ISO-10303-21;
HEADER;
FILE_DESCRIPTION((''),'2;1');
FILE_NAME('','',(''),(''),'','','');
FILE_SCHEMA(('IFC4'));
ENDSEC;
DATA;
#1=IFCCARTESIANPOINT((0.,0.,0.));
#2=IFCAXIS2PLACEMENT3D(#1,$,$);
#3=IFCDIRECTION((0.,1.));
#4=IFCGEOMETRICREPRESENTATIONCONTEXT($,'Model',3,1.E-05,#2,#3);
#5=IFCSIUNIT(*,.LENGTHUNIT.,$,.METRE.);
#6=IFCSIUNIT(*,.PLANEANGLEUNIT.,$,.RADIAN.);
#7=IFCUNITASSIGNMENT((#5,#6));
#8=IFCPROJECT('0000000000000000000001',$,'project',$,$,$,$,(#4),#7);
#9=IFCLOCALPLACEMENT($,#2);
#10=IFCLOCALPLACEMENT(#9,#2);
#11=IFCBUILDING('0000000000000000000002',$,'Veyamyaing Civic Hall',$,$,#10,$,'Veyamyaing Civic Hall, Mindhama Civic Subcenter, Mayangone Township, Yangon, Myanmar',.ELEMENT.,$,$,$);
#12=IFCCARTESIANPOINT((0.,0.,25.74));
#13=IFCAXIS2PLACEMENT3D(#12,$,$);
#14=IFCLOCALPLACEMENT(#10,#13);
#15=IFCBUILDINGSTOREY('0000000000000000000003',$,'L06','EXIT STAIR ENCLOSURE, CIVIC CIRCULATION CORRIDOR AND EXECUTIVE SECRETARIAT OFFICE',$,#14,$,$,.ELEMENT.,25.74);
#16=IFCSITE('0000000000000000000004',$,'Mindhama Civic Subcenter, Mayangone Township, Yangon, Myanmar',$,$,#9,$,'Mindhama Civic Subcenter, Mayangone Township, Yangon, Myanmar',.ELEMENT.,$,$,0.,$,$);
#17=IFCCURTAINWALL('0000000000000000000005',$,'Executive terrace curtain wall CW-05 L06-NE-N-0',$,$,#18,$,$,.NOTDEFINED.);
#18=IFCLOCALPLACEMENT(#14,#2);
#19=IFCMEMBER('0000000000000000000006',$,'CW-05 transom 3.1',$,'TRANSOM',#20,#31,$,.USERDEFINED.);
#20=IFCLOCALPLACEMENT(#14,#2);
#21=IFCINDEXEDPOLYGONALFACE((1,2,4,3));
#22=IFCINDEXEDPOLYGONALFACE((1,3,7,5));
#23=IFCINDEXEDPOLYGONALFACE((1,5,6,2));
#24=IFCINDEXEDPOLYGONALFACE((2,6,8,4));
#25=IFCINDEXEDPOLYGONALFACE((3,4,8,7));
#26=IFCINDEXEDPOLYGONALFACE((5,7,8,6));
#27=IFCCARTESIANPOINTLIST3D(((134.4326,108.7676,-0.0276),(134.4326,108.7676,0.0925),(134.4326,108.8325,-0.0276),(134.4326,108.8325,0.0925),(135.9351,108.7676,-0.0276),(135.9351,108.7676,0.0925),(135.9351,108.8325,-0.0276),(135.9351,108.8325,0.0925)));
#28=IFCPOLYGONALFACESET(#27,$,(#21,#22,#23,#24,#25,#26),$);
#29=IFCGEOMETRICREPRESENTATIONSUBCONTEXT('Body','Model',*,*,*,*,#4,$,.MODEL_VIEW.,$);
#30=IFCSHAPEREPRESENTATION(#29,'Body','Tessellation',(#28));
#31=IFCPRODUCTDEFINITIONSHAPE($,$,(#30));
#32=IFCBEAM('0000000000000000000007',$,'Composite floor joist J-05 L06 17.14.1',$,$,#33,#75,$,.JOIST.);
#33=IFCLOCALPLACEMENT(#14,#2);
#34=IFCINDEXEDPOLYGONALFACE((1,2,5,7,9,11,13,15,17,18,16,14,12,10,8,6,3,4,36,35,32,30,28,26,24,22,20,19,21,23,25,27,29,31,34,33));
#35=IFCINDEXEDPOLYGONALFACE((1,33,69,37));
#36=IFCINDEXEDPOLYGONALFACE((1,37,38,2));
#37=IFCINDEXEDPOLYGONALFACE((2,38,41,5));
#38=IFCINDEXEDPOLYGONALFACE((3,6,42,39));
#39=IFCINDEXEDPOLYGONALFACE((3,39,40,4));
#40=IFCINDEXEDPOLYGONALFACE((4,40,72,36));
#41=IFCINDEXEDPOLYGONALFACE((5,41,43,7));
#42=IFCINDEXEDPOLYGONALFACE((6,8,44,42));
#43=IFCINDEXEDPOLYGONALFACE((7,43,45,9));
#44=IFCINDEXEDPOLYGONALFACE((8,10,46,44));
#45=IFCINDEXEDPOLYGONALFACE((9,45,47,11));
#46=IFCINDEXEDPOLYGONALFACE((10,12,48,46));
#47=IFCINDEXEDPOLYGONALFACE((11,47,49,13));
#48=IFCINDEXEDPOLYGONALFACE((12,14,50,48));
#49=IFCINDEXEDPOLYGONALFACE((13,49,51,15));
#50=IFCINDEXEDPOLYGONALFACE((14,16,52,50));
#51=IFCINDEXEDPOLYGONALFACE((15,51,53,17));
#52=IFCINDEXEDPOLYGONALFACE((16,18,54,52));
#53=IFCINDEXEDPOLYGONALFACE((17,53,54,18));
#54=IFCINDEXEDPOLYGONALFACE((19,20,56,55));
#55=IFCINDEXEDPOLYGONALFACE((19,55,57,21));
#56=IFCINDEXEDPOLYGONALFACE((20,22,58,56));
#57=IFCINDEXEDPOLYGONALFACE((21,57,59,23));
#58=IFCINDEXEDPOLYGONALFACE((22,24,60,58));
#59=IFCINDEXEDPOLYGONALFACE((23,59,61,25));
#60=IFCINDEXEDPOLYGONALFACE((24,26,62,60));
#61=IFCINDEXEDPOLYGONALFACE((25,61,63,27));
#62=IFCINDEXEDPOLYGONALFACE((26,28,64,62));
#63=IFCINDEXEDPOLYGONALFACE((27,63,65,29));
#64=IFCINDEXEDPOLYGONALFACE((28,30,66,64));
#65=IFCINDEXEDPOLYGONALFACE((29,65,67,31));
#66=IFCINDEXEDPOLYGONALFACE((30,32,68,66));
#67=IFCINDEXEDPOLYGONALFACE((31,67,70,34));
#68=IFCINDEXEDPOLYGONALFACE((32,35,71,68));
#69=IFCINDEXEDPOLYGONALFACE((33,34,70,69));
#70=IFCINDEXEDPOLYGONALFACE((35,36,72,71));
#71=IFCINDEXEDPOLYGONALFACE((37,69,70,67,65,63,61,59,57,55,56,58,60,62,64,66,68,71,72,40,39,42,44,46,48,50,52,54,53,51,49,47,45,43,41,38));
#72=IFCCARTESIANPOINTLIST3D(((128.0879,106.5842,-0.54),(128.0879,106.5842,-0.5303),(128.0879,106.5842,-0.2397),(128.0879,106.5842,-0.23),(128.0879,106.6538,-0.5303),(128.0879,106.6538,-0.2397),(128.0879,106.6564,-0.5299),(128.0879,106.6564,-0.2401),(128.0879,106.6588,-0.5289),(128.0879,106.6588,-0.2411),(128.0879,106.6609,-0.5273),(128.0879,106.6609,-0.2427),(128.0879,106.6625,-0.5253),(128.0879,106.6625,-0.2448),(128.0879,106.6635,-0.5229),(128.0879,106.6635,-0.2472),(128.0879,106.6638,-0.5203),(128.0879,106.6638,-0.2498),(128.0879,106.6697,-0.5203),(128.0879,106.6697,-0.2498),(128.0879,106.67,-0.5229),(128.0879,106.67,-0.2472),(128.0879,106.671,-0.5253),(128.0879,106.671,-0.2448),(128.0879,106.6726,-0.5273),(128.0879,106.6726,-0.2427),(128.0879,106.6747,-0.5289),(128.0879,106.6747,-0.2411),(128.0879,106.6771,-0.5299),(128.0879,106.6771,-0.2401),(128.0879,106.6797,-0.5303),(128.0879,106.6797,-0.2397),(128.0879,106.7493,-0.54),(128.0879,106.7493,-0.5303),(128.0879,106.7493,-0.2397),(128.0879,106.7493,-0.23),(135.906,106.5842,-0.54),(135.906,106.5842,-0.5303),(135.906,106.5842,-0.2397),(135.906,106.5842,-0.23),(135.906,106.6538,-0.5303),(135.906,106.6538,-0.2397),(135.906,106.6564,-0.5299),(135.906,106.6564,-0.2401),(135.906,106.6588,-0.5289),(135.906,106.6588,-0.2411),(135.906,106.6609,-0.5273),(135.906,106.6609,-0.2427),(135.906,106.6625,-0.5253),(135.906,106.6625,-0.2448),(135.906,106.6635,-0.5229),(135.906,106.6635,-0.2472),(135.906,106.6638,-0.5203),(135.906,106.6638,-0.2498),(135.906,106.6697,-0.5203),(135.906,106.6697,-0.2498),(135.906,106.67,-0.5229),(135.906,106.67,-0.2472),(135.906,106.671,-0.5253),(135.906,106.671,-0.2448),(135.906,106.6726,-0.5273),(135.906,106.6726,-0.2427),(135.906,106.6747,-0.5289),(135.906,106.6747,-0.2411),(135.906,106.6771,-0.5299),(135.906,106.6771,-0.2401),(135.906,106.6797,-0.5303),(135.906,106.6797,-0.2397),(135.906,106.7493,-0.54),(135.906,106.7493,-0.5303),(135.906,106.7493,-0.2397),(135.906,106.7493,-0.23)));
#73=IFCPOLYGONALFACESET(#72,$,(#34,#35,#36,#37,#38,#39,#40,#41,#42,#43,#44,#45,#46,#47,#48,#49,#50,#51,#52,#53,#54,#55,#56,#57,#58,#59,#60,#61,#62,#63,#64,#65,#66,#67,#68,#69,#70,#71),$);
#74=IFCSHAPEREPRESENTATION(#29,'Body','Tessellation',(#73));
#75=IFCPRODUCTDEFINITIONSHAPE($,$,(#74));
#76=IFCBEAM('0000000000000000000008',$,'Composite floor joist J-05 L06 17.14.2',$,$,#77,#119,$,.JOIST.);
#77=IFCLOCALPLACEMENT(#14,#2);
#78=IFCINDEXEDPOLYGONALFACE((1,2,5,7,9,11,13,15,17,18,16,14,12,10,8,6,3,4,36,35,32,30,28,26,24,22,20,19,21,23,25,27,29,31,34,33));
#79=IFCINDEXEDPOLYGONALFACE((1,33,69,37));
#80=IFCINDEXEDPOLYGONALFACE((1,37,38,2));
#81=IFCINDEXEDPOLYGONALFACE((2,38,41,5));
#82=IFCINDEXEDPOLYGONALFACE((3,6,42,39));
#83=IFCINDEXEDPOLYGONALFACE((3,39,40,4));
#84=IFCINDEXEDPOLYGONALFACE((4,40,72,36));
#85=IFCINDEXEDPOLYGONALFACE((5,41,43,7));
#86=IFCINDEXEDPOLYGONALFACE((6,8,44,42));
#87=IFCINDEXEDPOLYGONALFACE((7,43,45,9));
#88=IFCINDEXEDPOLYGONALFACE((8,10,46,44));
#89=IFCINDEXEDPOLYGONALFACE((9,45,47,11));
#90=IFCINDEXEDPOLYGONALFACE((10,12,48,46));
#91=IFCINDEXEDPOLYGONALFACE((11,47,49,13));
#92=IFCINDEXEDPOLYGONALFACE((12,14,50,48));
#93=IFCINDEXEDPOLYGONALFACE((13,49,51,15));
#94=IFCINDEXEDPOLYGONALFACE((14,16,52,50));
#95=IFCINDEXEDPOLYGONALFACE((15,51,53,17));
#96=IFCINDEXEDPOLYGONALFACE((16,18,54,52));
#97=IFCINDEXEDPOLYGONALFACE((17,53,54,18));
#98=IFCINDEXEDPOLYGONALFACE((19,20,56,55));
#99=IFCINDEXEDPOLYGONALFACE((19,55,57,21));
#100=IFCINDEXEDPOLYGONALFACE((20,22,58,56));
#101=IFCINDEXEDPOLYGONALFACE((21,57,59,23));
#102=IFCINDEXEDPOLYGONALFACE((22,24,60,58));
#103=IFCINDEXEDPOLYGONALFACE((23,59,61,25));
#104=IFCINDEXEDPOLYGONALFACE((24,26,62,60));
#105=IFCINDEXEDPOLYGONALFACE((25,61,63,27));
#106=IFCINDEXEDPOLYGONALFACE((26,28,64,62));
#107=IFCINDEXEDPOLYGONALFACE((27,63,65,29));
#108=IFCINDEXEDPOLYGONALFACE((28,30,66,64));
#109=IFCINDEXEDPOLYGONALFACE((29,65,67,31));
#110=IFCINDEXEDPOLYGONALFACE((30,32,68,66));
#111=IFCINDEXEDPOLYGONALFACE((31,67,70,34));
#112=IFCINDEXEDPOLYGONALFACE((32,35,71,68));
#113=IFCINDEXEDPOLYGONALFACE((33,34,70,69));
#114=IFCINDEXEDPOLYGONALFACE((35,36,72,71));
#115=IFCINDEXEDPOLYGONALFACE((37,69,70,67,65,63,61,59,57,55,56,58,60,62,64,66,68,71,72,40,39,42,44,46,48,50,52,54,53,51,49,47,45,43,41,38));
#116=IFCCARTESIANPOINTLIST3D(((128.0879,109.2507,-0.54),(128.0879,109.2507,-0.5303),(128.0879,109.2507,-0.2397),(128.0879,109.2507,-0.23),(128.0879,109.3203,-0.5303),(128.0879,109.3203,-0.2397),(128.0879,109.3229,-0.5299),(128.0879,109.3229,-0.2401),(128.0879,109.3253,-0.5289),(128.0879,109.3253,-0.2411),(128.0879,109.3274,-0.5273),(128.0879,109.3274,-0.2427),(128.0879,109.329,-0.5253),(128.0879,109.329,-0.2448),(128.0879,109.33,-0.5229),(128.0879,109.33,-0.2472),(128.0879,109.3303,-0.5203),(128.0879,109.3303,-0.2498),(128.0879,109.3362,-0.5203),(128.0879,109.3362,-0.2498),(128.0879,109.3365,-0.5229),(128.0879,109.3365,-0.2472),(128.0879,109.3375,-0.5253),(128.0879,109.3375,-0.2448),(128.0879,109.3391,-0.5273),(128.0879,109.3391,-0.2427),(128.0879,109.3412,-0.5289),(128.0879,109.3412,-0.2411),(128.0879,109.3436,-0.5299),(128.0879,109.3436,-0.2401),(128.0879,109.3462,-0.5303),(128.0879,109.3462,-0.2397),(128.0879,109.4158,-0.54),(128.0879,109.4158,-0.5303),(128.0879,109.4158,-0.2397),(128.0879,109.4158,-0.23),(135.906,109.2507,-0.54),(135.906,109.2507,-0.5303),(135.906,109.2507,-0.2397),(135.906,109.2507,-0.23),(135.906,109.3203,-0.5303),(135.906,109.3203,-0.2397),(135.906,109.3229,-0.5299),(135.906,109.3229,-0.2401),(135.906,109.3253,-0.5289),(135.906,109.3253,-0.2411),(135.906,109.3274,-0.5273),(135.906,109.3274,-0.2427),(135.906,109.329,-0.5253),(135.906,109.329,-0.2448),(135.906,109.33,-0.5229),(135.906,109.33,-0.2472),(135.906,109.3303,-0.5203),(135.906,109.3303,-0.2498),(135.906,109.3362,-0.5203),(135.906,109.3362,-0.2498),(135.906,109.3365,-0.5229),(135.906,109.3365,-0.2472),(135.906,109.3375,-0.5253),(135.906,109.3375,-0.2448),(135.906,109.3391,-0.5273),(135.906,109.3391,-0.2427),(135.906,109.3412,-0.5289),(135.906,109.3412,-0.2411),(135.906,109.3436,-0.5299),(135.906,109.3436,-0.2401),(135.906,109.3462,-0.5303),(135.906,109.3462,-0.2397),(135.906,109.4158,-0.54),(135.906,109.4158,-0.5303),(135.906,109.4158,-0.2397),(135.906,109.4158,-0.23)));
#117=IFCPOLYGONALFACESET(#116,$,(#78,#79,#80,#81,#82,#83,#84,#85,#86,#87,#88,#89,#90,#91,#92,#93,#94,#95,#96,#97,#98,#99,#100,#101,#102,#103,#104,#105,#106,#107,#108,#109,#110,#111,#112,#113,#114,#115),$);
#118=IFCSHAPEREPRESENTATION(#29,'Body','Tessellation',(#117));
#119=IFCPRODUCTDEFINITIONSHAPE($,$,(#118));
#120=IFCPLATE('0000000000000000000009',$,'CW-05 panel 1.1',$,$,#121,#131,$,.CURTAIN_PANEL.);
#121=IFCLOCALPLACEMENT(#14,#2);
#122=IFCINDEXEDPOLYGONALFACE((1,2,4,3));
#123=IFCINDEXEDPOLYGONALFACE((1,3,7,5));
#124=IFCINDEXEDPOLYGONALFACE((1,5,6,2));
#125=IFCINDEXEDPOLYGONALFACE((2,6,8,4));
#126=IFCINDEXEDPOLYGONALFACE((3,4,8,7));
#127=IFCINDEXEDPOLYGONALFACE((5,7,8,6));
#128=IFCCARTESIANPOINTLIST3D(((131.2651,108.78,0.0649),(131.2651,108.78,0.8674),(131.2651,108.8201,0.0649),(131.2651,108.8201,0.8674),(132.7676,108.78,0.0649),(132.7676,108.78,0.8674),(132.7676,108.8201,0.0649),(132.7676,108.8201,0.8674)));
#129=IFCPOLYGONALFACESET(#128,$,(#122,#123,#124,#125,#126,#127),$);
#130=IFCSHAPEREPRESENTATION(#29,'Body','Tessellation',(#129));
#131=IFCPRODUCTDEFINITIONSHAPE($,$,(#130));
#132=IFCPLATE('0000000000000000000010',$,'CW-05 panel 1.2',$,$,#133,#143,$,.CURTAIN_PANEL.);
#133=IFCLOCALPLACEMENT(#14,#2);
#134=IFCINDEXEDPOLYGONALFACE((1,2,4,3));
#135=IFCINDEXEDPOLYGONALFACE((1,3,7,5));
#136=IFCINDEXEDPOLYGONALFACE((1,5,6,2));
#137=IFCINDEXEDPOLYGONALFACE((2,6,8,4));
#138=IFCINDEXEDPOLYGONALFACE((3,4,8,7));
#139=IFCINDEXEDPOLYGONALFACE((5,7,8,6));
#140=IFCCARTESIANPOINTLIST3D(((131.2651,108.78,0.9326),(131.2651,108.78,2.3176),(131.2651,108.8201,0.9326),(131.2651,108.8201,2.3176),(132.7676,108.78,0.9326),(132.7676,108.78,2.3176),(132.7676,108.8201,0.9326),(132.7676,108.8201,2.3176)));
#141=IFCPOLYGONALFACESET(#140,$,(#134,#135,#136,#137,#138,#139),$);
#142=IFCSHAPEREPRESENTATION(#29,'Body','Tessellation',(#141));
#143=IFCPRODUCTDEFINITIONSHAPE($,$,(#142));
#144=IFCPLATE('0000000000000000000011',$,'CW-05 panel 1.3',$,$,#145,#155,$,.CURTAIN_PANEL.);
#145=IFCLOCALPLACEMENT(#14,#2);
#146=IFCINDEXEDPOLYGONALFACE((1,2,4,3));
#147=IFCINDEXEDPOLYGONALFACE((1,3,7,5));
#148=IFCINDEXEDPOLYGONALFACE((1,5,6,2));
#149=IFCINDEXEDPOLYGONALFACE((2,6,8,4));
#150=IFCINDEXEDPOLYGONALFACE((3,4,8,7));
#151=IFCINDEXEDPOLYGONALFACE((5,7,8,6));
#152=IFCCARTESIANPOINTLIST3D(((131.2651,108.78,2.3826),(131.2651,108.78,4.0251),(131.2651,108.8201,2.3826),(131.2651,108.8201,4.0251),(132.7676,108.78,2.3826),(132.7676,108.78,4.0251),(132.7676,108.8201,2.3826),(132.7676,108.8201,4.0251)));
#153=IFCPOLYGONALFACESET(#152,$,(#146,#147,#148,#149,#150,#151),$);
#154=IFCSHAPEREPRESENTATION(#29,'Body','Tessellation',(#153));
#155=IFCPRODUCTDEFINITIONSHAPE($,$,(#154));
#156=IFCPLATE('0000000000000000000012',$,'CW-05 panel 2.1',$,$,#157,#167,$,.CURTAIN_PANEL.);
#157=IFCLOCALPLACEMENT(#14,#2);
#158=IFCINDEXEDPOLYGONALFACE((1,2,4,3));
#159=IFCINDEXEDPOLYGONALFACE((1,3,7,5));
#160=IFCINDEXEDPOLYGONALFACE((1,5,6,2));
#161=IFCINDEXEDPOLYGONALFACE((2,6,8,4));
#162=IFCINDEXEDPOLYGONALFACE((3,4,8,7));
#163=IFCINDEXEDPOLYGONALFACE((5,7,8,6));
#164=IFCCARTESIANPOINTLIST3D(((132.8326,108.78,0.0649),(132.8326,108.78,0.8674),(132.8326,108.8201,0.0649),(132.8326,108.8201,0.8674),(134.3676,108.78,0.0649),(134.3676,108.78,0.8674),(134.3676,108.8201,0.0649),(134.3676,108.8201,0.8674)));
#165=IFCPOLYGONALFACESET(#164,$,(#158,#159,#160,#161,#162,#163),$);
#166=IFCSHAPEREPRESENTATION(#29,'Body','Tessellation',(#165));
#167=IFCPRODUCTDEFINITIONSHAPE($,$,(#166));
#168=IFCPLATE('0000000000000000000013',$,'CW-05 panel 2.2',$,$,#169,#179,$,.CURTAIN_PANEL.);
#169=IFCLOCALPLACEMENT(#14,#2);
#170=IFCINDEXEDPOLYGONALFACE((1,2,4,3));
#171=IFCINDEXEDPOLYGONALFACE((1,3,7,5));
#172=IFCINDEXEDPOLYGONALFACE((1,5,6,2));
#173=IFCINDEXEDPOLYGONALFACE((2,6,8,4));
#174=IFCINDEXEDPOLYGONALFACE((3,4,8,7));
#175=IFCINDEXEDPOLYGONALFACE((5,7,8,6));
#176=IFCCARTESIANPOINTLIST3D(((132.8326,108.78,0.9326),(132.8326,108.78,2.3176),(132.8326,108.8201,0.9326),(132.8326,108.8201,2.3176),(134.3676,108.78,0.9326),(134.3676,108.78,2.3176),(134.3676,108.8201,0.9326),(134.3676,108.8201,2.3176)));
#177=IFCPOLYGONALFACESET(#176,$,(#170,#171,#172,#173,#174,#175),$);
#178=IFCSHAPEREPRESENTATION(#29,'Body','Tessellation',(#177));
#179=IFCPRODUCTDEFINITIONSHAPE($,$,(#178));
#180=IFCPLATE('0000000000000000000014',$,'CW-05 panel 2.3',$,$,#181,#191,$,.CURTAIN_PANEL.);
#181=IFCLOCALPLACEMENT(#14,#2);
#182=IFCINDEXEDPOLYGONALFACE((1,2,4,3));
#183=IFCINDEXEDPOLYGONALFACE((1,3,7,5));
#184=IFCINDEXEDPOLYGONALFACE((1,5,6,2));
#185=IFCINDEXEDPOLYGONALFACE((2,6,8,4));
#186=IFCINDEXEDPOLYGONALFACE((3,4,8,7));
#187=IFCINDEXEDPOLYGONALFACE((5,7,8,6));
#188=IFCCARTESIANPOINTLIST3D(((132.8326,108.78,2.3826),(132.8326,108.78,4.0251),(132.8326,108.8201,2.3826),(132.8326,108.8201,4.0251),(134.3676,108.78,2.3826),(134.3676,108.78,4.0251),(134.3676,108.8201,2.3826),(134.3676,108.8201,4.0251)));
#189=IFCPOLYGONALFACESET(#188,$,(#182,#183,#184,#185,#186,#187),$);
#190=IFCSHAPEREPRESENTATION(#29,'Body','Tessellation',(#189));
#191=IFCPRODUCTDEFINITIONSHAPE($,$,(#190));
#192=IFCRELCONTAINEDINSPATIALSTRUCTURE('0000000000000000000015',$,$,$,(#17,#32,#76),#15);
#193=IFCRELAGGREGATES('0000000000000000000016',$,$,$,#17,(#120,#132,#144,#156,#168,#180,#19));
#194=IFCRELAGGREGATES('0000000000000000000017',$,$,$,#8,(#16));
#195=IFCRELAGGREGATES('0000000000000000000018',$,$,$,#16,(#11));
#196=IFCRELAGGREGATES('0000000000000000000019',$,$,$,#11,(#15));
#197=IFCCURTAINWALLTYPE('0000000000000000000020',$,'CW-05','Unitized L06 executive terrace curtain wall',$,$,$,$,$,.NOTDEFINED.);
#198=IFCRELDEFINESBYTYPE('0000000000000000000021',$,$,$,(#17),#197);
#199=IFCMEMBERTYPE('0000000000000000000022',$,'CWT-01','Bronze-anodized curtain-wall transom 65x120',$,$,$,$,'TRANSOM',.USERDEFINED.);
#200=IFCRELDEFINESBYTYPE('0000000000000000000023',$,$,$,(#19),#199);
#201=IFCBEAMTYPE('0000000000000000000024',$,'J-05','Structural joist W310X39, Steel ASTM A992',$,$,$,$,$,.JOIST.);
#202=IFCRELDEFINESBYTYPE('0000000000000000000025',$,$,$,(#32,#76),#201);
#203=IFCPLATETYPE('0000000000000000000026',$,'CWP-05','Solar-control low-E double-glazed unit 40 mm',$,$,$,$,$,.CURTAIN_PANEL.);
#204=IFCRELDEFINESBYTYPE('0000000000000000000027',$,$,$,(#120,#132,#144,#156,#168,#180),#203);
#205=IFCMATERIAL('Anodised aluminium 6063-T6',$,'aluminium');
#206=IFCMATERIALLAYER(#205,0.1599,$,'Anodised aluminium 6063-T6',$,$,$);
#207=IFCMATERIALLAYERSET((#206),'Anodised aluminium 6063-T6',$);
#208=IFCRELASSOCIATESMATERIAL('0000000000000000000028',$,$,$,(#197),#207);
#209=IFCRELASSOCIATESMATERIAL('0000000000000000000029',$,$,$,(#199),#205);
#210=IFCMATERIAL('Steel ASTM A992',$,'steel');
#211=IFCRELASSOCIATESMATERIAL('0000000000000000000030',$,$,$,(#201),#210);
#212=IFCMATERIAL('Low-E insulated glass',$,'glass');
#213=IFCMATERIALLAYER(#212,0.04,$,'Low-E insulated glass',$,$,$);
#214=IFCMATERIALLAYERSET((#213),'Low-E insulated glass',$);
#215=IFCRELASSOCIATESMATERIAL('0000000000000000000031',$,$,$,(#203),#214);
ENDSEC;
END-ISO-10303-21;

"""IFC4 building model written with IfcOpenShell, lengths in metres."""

from ifc_helpers import new_model, si_unit, direction, frame, origin, origin_2d, place, context, subcontext, project, spatial, rectangle, i_section, extrude, material, layer, layer_set, material_profile, profile_set, type_object, element, aggregate, save


model = new_model("IFC4")

# Units and contexts
model_context = context("Model", 3, precision=1e-05, world=origin(), true_north=direction((0.0, 1.0)))
body_context = subcontext(model_context, "Body", "Model", "MODEL_VIEW")
ifc_project = project(units=[si_unit("LENGTHUNIT", "METRE"), si_unit("PLANEANGLEUNIT", "RADIAN")], contexts=[model_context])

# Site, building, storey
site_placement = place(None, origin())
site = spatial("IfcSite", under=ifc_project, at=site_placement, Name="Mindhama Civic Subcenter, Mayangone Township, Yangon, Myanmar", LongName="Mindhama Civic Subcenter, Mayangone Township, Yangon, Myanmar", CompositionType="ELEMENT", RefElevation=0.0)
building_placement = place(site_placement, origin())
building = spatial("IfcBuilding", under=site, at=building_placement, Name="Veyamyaing Civic Hall", LongName="Veyamyaing Civic Hall, Mindhama Civic Subcenter, Mayangone Township, Yangon, Myanmar", CompositionType="ELEMENT")
storey_placement = place(building_placement, frame((0.0, 0.0, 25.74)))
storey = spatial("IfcBuildingStorey", under=building, at=storey_placement, Name="L06", Description="EXIT STAIR ENCLOSURE, CIVIC CIRCULATION CORRIDOR AND EXECUTIVE SECRETARIAT OFFICE", CompositionType="ELEMENT", Elevation=25.74)

# Shared definitions
ifc_material_1 = material(Name="Steel ASTM A992", Category="steel")

# Curtain wall, member
ifc_material_2 = material(Name="Anodised aluminium 6063-T6", Category="aluminium")
ifc_layer_1 = layer(ifc_material_2, 0.1599, Name="Anodised aluminium 6063-T6")
ifc_layer_set_1 = layer_set([ifc_layer_1], Name="Anodised aluminium 6063-T6")
curtain_wall_type = type_object("IfcCurtainWallType", Name="CW-05", Description="Unitized L06 executive terrace curtain wall", PredefinedType="NOTDEFINED", material=ifc_layer_set_1)
curtain_wall_placement = place(storey_placement, origin())
curtain_wall = element("IfcCurtainWall", 1, at=curtain_wall_placement, inside=storey, type_object=curtain_wall_type, Name="Executive terrace curtain wall CW-05 L06-NE-N-0", PredefinedType="NOTDEFINED")
ifc_material_profile_1 = material_profile(ifc_material_2, rectangle(XDim=0.0649, YDim=0.1201, at=origin_2d()), Name="ALU-TRN-65X120")
ifc_profile_set_1 = profile_set([ifc_material_profile_1], Name="Anodised aluminium 6063-T6")
member_type_1 = type_object("IfcMemberType", Name="CWT-01", Description="Bronze-anodized curtain-wall transom 65x120", ElementType="TRANSOM", PredefinedType="USERDEFINED", material=ifc_profile_set_1)
member_1_placement = place(storey_placement, frame((134.4326, 108.8, 0.0325), z_axis=(1.0, 0.0, 0.0), x_axis=(0.0, 1.0, 0.0)))
member_1 = element("IfcMember", 2, at=member_1_placement, type_object=member_type_1, Name="CW-05 transom 3.1", ObjectType="TRANSOM", PredefinedType="USERDEFINED", context=body_context, shape_type="SweptSolid", body=[
    extrude(rectangle(XDim=0.0649, YDim=0.1201, at=origin_2d()), origin(), (0.0, 0.0, 1.0), 1.5024),
])

# Beams
ifc_material_profile_2 = material_profile(ifc_material_1, i_section(OverallWidth=0.165, OverallDepth=0.3101, WebThickness=0.0059, FlangeThickness=0.0098, FilletRadius=0.01, at=origin_2d()), Name="W310X39")
ifc_profile_set_2 = profile_set([ifc_material_profile_2], Name="Steel ASTM A992")
beam_type_1 = type_object("IfcBeamType", Name="J-05", Description="Structural joist W310X39, Steel ASTM A992", PredefinedType="JOIST", material=ifc_profile_set_2)
for number, where, z_axis, x_axis, name in (
    (3, (128.0879, 106.6667, -0.385), (1.0, 0.0, 0.0), (0.0, 1.0, 0.0), "Composite floor joist J-05 L06 17.14.1"),
    (4, (128.0879, 109.3333, -0.385), (1.0, 0.0, 0.0), (0.0, 1.0, 0.0), "Composite floor joist J-05 L06 17.14.2"),
):
    element("IfcBeam", number, at=place(storey_placement, frame(where, z_axis=z_axis, x_axis=x_axis)), inside=storey, type_object=beam_type_1, Name=name, PredefinedType="JOIST", context=body_context, shape_type="SweptSolid", body=[
        extrude(i_section(OverallWidth=0.165, OverallDepth=0.3101, WebThickness=0.0059, FlangeThickness=0.0098, FilletRadius=0.01, at=origin_2d()), origin(), (0.0, 0.0, 1.0), 7.8181),
    ])

# Plates
ifc_material_3 = material(Name="Low-E insulated glass", Category="glass")
ifc_layer_2 = layer(ifc_material_3, 0.04, Name="Low-E insulated glass")
ifc_layer_set_2 = layer_set([ifc_layer_2], Name="Low-E insulated glass")
plate_type = type_object("IfcPlateType", Name="CWP-05", Description="Solar-control low-E double-glazed unit 40 mm", PredefinedType="CURTAIN_PANEL", material=ifc_layer_set_2)
plate_1_placement = place(storey_placement, frame((132.0164, 108.8, 0.0649), z_axis=(0.0, 0.0, 1.0), x_axis=(1.0, 0.0, 0.0)))
plate_1 = element("IfcPlate", 5, at=plate_1_placement, type_object=plate_type, Name="CW-05 panel 1.1", PredefinedType="CURTAIN_PANEL", context=body_context, shape_type="SweptSolid", body=[
    extrude(rectangle(XDim=1.5024, YDim=0.04, at=origin_2d()), origin(), (0.0, 0.0, 1.0), 0.8025),
])
plate_2_placement = place(storey_placement, frame((132.0164, 108.8, 0.9326), z_axis=(0.0, 0.0, 1.0), x_axis=(1.0, 0.0, 0.0)))
plate_2 = element("IfcPlate", 6, at=plate_2_placement, type_object=plate_type, Name="CW-05 panel 1.2", PredefinedType="CURTAIN_PANEL", context=body_context, shape_type="SweptSolid", body=[
    extrude(rectangle(XDim=1.5024, YDim=0.04, at=origin_2d()), origin(), (0.0, 0.0, 1.0), 1.385),
])
plate_3_placement = place(storey_placement, frame((132.0164, 108.8, 2.3826), z_axis=(0.0, 0.0, 1.0), x_axis=(1.0, 0.0, 0.0)))
plate_3 = element("IfcPlate", 7, at=plate_3_placement, type_object=plate_type, Name="CW-05 panel 1.3", PredefinedType="CURTAIN_PANEL", context=body_context, shape_type="SweptSolid", body=[
    extrude(rectangle(XDim=1.5024, YDim=0.04, at=origin_2d()), origin(), (0.0, 0.0, 1.0), 1.6426),
])
plate_4_placement = place(storey_placement, frame((133.6001, 108.8, 0.0649), z_axis=(0.0, 0.0, 1.0), x_axis=(1.0, 0.0, 0.0)))
plate_4 = element("IfcPlate", 8, at=plate_4_placement, type_object=plate_type, Name="CW-05 panel 2.1", PredefinedType="CURTAIN_PANEL", context=body_context, shape_type="SweptSolid", body=[
    extrude(rectangle(XDim=1.5349, YDim=0.04, at=origin_2d()), origin(), (0.0, 0.0, 1.0), 0.8025),
])
plate_5_placement = place(storey_placement, frame((133.6001, 108.8, 0.9326), z_axis=(0.0, 0.0, 1.0), x_axis=(1.0, 0.0, 0.0)))
plate_5 = element("IfcPlate", 9, at=plate_5_placement, type_object=plate_type, Name="CW-05 panel 2.2", PredefinedType="CURTAIN_PANEL", context=body_context, shape_type="SweptSolid", body=[
    extrude(rectangle(XDim=1.5349, YDim=0.04, at=origin_2d()), origin(), (0.0, 0.0, 1.0), 1.385),
])
plate_6_placement = place(storey_placement, frame((133.6001, 108.8, 2.3826), z_axis=(0.0, 0.0, 1.0), x_axis=(1.0, 0.0, 0.0)))
plate_6 = element("IfcPlate", 10, at=plate_6_placement, type_object=plate_type, Name="CW-05 panel 2.3", PredefinedType="CURTAIN_PANEL", context=body_context, shape_type="SweptSolid", body=[
    extrude(rectangle(XDim=1.5349, YDim=0.04, at=origin_2d()), origin(), (0.0, 0.0, 1.0), 1.6426),
])
aggregate(curtain_wall, [plate_1, plate_2, plate_3, plate_4, plate_5, plate_6, member_1])

save(model, "model.ifc")
